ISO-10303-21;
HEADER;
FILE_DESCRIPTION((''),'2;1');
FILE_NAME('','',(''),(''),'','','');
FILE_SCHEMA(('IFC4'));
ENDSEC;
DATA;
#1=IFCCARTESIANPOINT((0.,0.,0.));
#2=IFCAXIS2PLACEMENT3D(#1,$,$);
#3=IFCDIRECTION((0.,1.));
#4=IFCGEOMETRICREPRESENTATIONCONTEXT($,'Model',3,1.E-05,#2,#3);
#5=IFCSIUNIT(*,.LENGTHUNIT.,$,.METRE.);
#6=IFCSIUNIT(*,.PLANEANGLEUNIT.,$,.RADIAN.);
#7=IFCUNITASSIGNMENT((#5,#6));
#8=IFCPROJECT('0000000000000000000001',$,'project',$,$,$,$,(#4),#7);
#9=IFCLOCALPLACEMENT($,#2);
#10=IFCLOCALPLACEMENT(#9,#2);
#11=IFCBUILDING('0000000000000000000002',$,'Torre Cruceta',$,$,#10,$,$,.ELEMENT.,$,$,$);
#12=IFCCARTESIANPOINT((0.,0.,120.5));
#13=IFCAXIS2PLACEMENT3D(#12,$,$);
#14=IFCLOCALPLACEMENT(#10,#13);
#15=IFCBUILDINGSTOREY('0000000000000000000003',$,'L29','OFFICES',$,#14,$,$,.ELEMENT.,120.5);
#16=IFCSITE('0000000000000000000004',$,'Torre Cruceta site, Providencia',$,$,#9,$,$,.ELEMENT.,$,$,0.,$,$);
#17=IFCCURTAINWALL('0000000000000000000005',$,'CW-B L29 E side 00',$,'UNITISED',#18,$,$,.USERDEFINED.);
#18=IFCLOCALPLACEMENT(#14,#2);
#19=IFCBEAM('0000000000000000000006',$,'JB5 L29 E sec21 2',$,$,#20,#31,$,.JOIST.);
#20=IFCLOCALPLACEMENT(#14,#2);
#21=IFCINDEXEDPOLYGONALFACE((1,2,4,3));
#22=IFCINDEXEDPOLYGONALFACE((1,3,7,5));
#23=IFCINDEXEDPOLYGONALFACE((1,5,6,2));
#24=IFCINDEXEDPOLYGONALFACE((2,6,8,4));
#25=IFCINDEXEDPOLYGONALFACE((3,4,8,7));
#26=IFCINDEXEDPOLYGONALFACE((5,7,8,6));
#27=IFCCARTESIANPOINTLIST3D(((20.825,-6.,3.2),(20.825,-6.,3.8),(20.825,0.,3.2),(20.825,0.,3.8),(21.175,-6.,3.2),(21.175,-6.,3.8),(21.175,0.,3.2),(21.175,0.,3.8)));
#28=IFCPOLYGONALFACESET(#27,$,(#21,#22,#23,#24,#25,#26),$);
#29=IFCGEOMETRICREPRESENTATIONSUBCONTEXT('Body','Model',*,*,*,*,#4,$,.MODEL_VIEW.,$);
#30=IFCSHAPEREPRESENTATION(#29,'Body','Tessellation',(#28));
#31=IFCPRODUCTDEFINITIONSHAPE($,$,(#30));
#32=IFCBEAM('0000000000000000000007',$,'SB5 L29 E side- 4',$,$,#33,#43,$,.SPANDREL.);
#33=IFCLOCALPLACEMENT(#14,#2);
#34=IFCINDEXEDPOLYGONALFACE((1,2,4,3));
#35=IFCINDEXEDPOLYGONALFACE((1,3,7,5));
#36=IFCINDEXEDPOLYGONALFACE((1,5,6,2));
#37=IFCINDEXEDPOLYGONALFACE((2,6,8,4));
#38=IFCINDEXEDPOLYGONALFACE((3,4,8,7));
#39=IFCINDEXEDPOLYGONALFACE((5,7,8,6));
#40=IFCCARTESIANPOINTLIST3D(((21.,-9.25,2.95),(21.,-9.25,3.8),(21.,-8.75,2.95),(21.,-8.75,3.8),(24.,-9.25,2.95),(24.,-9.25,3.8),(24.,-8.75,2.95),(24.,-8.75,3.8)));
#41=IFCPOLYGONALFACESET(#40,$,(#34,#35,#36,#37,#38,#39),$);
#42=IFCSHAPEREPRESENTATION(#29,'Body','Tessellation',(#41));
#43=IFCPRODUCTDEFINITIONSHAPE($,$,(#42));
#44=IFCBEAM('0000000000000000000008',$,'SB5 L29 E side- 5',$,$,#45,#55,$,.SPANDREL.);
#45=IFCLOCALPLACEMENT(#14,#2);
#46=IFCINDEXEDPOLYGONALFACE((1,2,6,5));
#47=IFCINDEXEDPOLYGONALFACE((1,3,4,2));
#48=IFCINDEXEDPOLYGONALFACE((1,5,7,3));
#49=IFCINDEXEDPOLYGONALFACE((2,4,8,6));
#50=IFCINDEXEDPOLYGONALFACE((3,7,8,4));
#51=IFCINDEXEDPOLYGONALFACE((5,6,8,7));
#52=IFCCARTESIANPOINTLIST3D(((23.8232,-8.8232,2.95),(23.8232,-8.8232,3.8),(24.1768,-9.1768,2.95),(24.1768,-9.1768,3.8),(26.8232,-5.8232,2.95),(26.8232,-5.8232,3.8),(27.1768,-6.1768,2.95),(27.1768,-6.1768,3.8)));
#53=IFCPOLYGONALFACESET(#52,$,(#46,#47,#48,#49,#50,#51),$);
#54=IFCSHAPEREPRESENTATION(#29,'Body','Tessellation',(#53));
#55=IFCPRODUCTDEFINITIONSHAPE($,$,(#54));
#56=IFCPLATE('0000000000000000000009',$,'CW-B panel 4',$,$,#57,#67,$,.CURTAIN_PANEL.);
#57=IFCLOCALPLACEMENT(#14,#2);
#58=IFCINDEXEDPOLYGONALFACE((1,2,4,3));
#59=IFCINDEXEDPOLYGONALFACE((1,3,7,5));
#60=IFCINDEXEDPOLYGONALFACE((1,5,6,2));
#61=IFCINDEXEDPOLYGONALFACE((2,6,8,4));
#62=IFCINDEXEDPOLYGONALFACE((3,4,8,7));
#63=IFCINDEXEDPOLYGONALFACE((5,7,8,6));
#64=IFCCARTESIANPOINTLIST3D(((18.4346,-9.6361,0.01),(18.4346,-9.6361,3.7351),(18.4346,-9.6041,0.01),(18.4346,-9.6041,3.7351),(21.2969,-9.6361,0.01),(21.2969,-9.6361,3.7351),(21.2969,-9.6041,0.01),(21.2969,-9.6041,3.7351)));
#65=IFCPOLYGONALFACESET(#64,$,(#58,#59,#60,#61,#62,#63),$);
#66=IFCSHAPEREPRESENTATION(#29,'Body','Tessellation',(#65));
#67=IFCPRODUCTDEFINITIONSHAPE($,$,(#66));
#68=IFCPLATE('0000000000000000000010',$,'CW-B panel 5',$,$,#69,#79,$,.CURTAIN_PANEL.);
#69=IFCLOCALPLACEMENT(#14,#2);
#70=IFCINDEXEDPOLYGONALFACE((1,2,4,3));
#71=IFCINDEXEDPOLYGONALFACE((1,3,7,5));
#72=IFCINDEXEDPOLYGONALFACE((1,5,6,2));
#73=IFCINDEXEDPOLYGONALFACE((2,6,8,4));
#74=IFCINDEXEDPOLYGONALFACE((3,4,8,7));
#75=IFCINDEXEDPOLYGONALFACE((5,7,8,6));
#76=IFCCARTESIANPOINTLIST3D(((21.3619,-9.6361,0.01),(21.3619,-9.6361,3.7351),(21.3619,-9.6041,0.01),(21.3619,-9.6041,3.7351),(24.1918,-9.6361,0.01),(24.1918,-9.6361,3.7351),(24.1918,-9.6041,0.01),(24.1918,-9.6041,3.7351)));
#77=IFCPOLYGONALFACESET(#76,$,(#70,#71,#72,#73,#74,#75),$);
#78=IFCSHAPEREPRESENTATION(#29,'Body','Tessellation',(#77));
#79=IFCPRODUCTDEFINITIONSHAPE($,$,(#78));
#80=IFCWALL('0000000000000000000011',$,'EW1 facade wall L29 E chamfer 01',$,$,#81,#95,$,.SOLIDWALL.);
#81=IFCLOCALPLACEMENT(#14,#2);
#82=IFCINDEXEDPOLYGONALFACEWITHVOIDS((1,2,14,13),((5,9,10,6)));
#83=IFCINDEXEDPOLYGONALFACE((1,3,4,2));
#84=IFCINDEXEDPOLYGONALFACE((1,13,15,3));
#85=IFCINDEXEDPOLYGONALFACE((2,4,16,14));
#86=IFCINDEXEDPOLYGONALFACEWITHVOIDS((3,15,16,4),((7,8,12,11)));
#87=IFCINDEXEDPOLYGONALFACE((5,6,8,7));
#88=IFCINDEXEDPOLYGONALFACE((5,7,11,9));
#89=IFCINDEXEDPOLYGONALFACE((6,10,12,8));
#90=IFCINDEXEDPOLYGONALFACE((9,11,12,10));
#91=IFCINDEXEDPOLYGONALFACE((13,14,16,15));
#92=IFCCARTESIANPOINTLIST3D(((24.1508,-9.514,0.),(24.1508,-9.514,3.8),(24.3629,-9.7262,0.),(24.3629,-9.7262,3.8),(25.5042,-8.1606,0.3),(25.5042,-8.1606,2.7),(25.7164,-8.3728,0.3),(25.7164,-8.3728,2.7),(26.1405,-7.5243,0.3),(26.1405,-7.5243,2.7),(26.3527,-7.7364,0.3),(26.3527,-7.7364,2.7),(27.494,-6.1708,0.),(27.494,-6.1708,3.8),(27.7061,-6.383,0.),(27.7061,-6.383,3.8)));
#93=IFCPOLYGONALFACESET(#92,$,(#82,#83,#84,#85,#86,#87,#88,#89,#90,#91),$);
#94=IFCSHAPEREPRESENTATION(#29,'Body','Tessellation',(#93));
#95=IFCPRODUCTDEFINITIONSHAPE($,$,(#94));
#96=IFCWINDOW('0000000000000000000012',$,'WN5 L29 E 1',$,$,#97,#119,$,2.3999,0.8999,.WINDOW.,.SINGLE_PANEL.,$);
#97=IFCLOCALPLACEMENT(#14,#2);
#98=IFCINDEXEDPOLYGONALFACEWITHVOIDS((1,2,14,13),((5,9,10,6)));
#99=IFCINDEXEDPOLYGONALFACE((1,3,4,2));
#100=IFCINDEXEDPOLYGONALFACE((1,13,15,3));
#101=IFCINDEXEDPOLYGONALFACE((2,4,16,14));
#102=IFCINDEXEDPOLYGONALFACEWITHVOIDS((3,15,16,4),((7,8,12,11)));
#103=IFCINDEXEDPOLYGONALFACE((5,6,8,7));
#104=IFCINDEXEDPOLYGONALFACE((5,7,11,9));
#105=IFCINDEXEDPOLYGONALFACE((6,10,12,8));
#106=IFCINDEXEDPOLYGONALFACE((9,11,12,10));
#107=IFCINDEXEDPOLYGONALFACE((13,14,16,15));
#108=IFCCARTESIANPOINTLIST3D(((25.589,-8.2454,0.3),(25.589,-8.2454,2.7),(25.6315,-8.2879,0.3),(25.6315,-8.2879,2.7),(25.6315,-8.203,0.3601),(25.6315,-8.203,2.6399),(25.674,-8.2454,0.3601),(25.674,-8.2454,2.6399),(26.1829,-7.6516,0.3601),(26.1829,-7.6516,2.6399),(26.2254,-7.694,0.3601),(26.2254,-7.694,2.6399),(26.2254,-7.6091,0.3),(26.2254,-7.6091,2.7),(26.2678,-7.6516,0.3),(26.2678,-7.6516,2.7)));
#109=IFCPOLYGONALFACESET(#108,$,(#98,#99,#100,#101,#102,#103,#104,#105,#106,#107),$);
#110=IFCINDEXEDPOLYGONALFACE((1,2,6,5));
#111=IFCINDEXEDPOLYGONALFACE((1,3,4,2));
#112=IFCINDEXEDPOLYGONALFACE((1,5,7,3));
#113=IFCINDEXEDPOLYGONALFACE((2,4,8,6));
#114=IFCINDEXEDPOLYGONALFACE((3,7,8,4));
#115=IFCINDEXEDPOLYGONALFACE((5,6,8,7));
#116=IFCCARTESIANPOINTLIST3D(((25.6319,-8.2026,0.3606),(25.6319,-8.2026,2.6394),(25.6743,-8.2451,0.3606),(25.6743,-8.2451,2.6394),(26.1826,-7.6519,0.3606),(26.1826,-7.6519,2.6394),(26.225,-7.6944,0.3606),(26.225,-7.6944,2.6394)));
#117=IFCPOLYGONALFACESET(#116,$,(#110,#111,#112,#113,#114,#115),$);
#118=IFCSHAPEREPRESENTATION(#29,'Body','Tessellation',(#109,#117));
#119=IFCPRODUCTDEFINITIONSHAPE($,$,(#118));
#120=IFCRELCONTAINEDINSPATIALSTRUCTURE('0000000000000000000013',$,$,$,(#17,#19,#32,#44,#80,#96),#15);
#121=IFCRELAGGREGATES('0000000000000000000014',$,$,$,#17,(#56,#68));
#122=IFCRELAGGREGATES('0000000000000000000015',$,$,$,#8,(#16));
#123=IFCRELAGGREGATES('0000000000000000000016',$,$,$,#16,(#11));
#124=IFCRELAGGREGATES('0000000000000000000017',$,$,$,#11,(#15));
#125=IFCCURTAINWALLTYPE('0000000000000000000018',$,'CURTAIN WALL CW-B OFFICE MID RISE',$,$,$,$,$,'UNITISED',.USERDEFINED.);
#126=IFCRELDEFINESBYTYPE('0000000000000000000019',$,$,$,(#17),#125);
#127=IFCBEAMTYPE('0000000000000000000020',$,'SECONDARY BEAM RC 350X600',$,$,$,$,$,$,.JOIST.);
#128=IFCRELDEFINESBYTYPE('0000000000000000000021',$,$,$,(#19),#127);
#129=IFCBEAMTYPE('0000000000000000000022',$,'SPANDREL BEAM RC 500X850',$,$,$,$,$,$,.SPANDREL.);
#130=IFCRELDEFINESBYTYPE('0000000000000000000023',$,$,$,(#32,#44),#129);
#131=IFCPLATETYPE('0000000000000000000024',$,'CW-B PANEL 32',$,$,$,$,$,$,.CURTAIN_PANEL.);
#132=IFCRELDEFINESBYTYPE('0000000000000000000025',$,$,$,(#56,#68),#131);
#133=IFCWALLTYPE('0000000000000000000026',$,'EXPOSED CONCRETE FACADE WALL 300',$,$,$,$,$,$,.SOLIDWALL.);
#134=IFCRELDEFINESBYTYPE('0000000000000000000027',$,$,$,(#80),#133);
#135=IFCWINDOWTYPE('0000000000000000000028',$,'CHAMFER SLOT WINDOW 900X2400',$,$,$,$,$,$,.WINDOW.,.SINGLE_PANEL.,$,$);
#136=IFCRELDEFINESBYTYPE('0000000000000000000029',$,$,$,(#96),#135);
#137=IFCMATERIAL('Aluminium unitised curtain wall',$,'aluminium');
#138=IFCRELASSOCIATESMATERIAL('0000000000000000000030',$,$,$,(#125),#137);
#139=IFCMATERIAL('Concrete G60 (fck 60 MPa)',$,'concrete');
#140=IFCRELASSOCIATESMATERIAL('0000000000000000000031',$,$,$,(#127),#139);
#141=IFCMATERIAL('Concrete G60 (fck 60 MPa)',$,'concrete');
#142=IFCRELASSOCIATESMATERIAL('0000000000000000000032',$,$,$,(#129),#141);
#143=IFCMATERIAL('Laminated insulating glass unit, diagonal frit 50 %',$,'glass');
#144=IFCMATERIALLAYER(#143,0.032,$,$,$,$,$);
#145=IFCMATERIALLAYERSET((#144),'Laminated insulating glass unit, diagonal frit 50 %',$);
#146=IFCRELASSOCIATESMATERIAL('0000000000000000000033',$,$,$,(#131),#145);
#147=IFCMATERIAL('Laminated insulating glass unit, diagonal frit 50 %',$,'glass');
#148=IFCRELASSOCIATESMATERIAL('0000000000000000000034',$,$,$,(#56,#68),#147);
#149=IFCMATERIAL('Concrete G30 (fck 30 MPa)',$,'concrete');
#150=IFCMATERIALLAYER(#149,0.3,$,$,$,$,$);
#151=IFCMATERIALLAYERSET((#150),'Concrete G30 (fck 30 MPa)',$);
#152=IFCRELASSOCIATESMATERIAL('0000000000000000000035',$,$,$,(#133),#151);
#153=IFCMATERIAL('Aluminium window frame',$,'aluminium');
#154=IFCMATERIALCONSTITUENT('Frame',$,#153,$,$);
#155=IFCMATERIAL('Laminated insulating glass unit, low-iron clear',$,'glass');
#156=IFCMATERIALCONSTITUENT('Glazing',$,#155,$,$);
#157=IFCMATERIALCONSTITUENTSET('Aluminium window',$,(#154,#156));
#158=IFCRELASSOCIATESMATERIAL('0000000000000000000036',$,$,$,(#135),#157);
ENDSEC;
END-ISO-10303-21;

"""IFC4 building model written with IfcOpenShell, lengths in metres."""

from ifc_helpers import new_model, si_unit, direction, frame, frame_2d, origin, origin_2d, place, context, subcontext, project, spatial, rectangle, hollow_rectangle, extrude, material, layer, layer_set, constituent, constituent_set, material_profile, profile_set, type_object, element, fill, aggregate, save


model = new_model("IFC4")

# Units and contexts
model_context = context("Model", 3, precision=1e-05, world=origin(), true_north=direction((0.0, 1.0)))
body_context = subcontext(model_context, "Body", "Model", "MODEL_VIEW")
ifc_project = project(units=[si_unit("LENGTHUNIT", "METRE"), si_unit("PLANEANGLEUNIT", "RADIAN")], contexts=[model_context])

# Site, building, storey
site_placement = place(None, origin())
site = spatial("IfcSite", under=ifc_project, at=site_placement, Name="Torre Cruceta site, Providencia", CompositionType="ELEMENT", RefElevation=0.0)
building_placement = place(site_placement, origin())
building = spatial("IfcBuilding", under=site, at=building_placement, Name="Torre Cruceta", CompositionType="ELEMENT")
storey_placement = place(building_placement, frame((0.0, 0.0, 120.5)))
storey = spatial("IfcBuildingStorey", under=building, at=storey_placement, Name="L29", Description="OFFICES", CompositionType="ELEMENT", Elevation=120.5)

# Curtain wall
ifc_material_1 = material(Name="Aluminium unitised curtain wall", Category="aluminium")
curtain_wall_type = type_object("IfcCurtainWallType", Name="CURTAIN WALL CW-B OFFICE MID RISE", ElementType="UNITISED", PredefinedType="USERDEFINED", material=ifc_material_1)
curtain_wall_placement = place(storey_placement, origin())
curtain_wall = element("IfcCurtainWall", 1, at=curtain_wall_placement, inside=storey, type_object=curtain_wall_type, Name="CW-B L29 E side 00", ObjectType="UNITISED", PredefinedType="USERDEFINED")

# Beams
ifc_material_2 = material(Name="Concrete G60 (fck 60 MPa)", Category="concrete")
ifc_material_profile_1 = material_profile(ifc_material_2, rectangle(XDim=0.3501, YDim=0.6001, at=origin_2d()), Name="RC 350X600")
ifc_profile_set_1 = profile_set([ifc_material_profile_1], Name="Concrete G60 (fck 60 MPa)")
beam_type_1 = type_object("IfcBeamType", Name="SECONDARY BEAM RC 350X600", PredefinedType="JOIST", material=ifc_profile_set_1)
beam_1_placement = place(storey_placement, frame((21.0, -6.0, 3.5), z_axis=(0.0, 1.0, 0.0), x_axis=(-1.0, 0.0, 0.0)))
element("IfcBeam", 2, at=beam_1_placement, inside=storey, type_object=beam_type_1, Name="JB5 L29 E sec21 2", PredefinedType="JOIST", context=body_context, shape_type="SweptSolid", body=[
    extrude(rectangle(XDim=0.3501, YDim=0.6001, at=origin_2d()), origin(), (0.0, 0.0, 1.0), 6.0),
])
ifc_material_3 = material(Name="Concrete G60 (fck 60 MPa)", Category="concrete")
ifc_material_profile_2 = material_profile(ifc_material_3, rectangle(XDim=0.5, YDim=0.8501, at=origin_2d()), Name="RC 500X850")
ifc_profile_set_2 = profile_set([ifc_material_profile_2], Name="Concrete G60 (fck 60 MPa)")
beam_type_2 = type_object("IfcBeamType", Name="SPANDREL BEAM RC 500X850", PredefinedType="SPANDREL", material=ifc_profile_set_2)
beam_2_placement = place(storey_placement, frame((21.0, -9.0, 3.375), z_axis=(1.0, 0.0, 0.0), x_axis=(0.0, 1.0, 0.0)))
element("IfcBeam", 3, at=beam_2_placement, inside=storey, type_object=beam_type_2, Name="SB5 L29 E side- 4", PredefinedType="SPANDREL", context=body_context, shape_type="SweptSolid", body=[
    extrude(rectangle(XDim=0.5, YDim=0.8501, at=origin_2d()), origin(), (0.0, 0.0, 1.0), 3.0),
])
beam_3_placement = place(storey_placement, frame((24.0, -9.0, 3.375), z_axis=(0.707107, 0.707107, 0.0), x_axis=(-0.707107, 0.707107, 0.0)))
element("IfcBeam", 4, at=beam_3_placement, inside=storey, type_object=beam_type_2, Name="SB5 L29 E side- 5", PredefinedType="SPANDREL", context=body_context, shape_type="SweptSolid", body=[
    extrude(rectangle(XDim=0.5, YDim=0.8501, at=origin_2d()), origin(), (0.0, 0.0, 1.0), 4.2427),
])

# Plates
ifc_material_4 = material(Name="Laminated insulating glass unit, diagonal frit 50 %", Category="glass")
ifc_material_5 = material(Name="Laminated insulating glass unit, diagonal frit 50 %", Category="glass")
ifc_layer_1 = layer(ifc_material_5, 0.032)
ifc_layer_set_1 = layer_set([ifc_layer_1], Name="Laminated insulating glass unit, diagonal frit 50 %")
plate_type = type_object("IfcPlateType", Name="CW-B PANEL 32", PredefinedType="CURTAIN_PANEL", material=ifc_layer_set_1)
plate_1_placement = place(storey_placement, frame((19.8657, -9.6201, 0.01), z_axis=(0.0, 0.0, 1.0), x_axis=(1.0, 0.0, 0.0)))
plate_1 = element("IfcPlate", 5, at=plate_1_placement, type_object=plate_type, material=ifc_material_4, Name="CW-B panel 4", PredefinedType="CURTAIN_PANEL", context=body_context, shape_type="SweptSolid", body=[
    extrude(rectangle(XDim=2.8623, YDim=0.032, at=origin_2d()), origin(), (0.0, 0.0, 1.0), 3.7251),
])
plate_2_placement = place(storey_placement, frame((22.7769, -9.6201, 0.01), z_axis=(0.0, 0.0, 1.0), x_axis=(1.0, 0.0, 0.0)))
plate_2 = element("IfcPlate", 6, at=plate_2_placement, type_object=plate_type, material=ifc_material_4, Name="CW-B panel 5", PredefinedType="CURTAIN_PANEL", context=body_context, shape_type="SweptSolid", body=[
    extrude(rectangle(XDim=2.8298, YDim=0.032, at=origin_2d()), origin(), (0.0, 0.0, 1.0), 3.7251),
])
aggregate(curtain_wall, [plate_1, plate_2])

# Wall, opening, window
ifc_material_6 = material(Name="Concrete G30 (fck 30 MPa)", Category="concrete")
ifc_layer_2 = layer(ifc_material_6, 0.3)
ifc_layer_set_2 = layer_set([ifc_layer_2], Name="Concrete G30 (fck 30 MPa)")
wall_type_1 = type_object("IfcWallType", Name="EXPOSED CONCRETE FACADE WALL 300", PredefinedType="SOLIDWALL", material=ifc_layer_set_2)
wall_1_placement = place(storey_placement, frame((24.2568, -9.6201, 0.0), z_axis=(0.0, 0.0, 1.0), x_axis=(0.707107, 0.707107, 0.0)))
wall_1 = element("IfcWall", 7, at=wall_1_placement, inside=storey, type_object=wall_type_1, Name="EW1 facade wall L29 E chamfer 01", PredefinedType="SOLIDWALL", context=body_context, shape_type="SweptSolid", body=[
    extrude(rectangle(XDim=4.728, YDim=0.3, at=frame_2d((2.364, 0.0))), origin(), (0.0, 0.0, 1.0), 3.8),
])
opening_1_placement = place(wall_1_placement, frame((1.9141, 0.0, 0.3)))
opening_1 = element("IfcOpeningElement", 8, at=opening_1_placement, cuts=wall_1, PredefinedType="OPENING", context=body_context, shape_type="SweptSolid", body=[
    extrude(rectangle(XDim=0.8999, YDim=2.3999, at=frame_2d((0.45, 1.2))), frame((0.0, 0.1599, 0.0), z_axis=(0.0, -1.0, 0.0), x_axis=(1.0, 0.0, 0.0)), (0.0, 0.0, 1.0), 0.3201),
])
ifc_material_7 = material(Name="Aluminium window frame", Category="aluminium")
ifc_constituent_1 = constituent(ifc_material_7, Name="Frame")
ifc_material_8 = material(Name="Laminated insulating glass unit, low-iron clear", Category="glass")
ifc_constituent_2 = constituent(ifc_material_8, Name="Glazing")
ifc_constituent_set_1 = constituent_set(constituents=[ifc_constituent_1, ifc_constituent_2], Name="Aluminium window")
window_type_1 = type_object("IfcWindowType", Name="CHAMFER SLOT WINDOW 900X2400", PartitioningType="SINGLE_PANEL", PredefinedType="WINDOW", material=ifc_constituent_set_1)
window_1_placement = place(opening_1_placement, origin())
window_1 = element("IfcWindow", 9, at=window_1_placement, inside=storey, type_object=window_type_1, Name="WN5 L29 E 1", OverallHeight=2.3999, OverallWidth=0.8999, PartitioningType="SINGLE_PANEL", PredefinedType="WINDOW", context=body_context, shape_type="SweptSolid", body=[
    extrude(hollow_rectangle(XDim=0.8999, YDim=2.3999, WallThickness=0.0601, at=frame_2d((0.45, 1.2))), frame((0.0, 0.03, 0.0), z_axis=(0.0, -1.0, 0.0), x_axis=(1.0, 0.0, 0.0)), (0.0, 0.0, 1.0), 0.0601),
    extrude(rectangle(XDim=0.7788, YDim=2.2788, at=frame_2d((0.45, 1.2))), frame((0.0, 0.03, 0.0), z_axis=(0.0, -1.0, 0.0), x_axis=(1.0, 0.0, 0.0)), (0.0, 0.0, 1.0), 0.0601),
])
fill(opening_1, window_1)

save(model, "model.ifc")
